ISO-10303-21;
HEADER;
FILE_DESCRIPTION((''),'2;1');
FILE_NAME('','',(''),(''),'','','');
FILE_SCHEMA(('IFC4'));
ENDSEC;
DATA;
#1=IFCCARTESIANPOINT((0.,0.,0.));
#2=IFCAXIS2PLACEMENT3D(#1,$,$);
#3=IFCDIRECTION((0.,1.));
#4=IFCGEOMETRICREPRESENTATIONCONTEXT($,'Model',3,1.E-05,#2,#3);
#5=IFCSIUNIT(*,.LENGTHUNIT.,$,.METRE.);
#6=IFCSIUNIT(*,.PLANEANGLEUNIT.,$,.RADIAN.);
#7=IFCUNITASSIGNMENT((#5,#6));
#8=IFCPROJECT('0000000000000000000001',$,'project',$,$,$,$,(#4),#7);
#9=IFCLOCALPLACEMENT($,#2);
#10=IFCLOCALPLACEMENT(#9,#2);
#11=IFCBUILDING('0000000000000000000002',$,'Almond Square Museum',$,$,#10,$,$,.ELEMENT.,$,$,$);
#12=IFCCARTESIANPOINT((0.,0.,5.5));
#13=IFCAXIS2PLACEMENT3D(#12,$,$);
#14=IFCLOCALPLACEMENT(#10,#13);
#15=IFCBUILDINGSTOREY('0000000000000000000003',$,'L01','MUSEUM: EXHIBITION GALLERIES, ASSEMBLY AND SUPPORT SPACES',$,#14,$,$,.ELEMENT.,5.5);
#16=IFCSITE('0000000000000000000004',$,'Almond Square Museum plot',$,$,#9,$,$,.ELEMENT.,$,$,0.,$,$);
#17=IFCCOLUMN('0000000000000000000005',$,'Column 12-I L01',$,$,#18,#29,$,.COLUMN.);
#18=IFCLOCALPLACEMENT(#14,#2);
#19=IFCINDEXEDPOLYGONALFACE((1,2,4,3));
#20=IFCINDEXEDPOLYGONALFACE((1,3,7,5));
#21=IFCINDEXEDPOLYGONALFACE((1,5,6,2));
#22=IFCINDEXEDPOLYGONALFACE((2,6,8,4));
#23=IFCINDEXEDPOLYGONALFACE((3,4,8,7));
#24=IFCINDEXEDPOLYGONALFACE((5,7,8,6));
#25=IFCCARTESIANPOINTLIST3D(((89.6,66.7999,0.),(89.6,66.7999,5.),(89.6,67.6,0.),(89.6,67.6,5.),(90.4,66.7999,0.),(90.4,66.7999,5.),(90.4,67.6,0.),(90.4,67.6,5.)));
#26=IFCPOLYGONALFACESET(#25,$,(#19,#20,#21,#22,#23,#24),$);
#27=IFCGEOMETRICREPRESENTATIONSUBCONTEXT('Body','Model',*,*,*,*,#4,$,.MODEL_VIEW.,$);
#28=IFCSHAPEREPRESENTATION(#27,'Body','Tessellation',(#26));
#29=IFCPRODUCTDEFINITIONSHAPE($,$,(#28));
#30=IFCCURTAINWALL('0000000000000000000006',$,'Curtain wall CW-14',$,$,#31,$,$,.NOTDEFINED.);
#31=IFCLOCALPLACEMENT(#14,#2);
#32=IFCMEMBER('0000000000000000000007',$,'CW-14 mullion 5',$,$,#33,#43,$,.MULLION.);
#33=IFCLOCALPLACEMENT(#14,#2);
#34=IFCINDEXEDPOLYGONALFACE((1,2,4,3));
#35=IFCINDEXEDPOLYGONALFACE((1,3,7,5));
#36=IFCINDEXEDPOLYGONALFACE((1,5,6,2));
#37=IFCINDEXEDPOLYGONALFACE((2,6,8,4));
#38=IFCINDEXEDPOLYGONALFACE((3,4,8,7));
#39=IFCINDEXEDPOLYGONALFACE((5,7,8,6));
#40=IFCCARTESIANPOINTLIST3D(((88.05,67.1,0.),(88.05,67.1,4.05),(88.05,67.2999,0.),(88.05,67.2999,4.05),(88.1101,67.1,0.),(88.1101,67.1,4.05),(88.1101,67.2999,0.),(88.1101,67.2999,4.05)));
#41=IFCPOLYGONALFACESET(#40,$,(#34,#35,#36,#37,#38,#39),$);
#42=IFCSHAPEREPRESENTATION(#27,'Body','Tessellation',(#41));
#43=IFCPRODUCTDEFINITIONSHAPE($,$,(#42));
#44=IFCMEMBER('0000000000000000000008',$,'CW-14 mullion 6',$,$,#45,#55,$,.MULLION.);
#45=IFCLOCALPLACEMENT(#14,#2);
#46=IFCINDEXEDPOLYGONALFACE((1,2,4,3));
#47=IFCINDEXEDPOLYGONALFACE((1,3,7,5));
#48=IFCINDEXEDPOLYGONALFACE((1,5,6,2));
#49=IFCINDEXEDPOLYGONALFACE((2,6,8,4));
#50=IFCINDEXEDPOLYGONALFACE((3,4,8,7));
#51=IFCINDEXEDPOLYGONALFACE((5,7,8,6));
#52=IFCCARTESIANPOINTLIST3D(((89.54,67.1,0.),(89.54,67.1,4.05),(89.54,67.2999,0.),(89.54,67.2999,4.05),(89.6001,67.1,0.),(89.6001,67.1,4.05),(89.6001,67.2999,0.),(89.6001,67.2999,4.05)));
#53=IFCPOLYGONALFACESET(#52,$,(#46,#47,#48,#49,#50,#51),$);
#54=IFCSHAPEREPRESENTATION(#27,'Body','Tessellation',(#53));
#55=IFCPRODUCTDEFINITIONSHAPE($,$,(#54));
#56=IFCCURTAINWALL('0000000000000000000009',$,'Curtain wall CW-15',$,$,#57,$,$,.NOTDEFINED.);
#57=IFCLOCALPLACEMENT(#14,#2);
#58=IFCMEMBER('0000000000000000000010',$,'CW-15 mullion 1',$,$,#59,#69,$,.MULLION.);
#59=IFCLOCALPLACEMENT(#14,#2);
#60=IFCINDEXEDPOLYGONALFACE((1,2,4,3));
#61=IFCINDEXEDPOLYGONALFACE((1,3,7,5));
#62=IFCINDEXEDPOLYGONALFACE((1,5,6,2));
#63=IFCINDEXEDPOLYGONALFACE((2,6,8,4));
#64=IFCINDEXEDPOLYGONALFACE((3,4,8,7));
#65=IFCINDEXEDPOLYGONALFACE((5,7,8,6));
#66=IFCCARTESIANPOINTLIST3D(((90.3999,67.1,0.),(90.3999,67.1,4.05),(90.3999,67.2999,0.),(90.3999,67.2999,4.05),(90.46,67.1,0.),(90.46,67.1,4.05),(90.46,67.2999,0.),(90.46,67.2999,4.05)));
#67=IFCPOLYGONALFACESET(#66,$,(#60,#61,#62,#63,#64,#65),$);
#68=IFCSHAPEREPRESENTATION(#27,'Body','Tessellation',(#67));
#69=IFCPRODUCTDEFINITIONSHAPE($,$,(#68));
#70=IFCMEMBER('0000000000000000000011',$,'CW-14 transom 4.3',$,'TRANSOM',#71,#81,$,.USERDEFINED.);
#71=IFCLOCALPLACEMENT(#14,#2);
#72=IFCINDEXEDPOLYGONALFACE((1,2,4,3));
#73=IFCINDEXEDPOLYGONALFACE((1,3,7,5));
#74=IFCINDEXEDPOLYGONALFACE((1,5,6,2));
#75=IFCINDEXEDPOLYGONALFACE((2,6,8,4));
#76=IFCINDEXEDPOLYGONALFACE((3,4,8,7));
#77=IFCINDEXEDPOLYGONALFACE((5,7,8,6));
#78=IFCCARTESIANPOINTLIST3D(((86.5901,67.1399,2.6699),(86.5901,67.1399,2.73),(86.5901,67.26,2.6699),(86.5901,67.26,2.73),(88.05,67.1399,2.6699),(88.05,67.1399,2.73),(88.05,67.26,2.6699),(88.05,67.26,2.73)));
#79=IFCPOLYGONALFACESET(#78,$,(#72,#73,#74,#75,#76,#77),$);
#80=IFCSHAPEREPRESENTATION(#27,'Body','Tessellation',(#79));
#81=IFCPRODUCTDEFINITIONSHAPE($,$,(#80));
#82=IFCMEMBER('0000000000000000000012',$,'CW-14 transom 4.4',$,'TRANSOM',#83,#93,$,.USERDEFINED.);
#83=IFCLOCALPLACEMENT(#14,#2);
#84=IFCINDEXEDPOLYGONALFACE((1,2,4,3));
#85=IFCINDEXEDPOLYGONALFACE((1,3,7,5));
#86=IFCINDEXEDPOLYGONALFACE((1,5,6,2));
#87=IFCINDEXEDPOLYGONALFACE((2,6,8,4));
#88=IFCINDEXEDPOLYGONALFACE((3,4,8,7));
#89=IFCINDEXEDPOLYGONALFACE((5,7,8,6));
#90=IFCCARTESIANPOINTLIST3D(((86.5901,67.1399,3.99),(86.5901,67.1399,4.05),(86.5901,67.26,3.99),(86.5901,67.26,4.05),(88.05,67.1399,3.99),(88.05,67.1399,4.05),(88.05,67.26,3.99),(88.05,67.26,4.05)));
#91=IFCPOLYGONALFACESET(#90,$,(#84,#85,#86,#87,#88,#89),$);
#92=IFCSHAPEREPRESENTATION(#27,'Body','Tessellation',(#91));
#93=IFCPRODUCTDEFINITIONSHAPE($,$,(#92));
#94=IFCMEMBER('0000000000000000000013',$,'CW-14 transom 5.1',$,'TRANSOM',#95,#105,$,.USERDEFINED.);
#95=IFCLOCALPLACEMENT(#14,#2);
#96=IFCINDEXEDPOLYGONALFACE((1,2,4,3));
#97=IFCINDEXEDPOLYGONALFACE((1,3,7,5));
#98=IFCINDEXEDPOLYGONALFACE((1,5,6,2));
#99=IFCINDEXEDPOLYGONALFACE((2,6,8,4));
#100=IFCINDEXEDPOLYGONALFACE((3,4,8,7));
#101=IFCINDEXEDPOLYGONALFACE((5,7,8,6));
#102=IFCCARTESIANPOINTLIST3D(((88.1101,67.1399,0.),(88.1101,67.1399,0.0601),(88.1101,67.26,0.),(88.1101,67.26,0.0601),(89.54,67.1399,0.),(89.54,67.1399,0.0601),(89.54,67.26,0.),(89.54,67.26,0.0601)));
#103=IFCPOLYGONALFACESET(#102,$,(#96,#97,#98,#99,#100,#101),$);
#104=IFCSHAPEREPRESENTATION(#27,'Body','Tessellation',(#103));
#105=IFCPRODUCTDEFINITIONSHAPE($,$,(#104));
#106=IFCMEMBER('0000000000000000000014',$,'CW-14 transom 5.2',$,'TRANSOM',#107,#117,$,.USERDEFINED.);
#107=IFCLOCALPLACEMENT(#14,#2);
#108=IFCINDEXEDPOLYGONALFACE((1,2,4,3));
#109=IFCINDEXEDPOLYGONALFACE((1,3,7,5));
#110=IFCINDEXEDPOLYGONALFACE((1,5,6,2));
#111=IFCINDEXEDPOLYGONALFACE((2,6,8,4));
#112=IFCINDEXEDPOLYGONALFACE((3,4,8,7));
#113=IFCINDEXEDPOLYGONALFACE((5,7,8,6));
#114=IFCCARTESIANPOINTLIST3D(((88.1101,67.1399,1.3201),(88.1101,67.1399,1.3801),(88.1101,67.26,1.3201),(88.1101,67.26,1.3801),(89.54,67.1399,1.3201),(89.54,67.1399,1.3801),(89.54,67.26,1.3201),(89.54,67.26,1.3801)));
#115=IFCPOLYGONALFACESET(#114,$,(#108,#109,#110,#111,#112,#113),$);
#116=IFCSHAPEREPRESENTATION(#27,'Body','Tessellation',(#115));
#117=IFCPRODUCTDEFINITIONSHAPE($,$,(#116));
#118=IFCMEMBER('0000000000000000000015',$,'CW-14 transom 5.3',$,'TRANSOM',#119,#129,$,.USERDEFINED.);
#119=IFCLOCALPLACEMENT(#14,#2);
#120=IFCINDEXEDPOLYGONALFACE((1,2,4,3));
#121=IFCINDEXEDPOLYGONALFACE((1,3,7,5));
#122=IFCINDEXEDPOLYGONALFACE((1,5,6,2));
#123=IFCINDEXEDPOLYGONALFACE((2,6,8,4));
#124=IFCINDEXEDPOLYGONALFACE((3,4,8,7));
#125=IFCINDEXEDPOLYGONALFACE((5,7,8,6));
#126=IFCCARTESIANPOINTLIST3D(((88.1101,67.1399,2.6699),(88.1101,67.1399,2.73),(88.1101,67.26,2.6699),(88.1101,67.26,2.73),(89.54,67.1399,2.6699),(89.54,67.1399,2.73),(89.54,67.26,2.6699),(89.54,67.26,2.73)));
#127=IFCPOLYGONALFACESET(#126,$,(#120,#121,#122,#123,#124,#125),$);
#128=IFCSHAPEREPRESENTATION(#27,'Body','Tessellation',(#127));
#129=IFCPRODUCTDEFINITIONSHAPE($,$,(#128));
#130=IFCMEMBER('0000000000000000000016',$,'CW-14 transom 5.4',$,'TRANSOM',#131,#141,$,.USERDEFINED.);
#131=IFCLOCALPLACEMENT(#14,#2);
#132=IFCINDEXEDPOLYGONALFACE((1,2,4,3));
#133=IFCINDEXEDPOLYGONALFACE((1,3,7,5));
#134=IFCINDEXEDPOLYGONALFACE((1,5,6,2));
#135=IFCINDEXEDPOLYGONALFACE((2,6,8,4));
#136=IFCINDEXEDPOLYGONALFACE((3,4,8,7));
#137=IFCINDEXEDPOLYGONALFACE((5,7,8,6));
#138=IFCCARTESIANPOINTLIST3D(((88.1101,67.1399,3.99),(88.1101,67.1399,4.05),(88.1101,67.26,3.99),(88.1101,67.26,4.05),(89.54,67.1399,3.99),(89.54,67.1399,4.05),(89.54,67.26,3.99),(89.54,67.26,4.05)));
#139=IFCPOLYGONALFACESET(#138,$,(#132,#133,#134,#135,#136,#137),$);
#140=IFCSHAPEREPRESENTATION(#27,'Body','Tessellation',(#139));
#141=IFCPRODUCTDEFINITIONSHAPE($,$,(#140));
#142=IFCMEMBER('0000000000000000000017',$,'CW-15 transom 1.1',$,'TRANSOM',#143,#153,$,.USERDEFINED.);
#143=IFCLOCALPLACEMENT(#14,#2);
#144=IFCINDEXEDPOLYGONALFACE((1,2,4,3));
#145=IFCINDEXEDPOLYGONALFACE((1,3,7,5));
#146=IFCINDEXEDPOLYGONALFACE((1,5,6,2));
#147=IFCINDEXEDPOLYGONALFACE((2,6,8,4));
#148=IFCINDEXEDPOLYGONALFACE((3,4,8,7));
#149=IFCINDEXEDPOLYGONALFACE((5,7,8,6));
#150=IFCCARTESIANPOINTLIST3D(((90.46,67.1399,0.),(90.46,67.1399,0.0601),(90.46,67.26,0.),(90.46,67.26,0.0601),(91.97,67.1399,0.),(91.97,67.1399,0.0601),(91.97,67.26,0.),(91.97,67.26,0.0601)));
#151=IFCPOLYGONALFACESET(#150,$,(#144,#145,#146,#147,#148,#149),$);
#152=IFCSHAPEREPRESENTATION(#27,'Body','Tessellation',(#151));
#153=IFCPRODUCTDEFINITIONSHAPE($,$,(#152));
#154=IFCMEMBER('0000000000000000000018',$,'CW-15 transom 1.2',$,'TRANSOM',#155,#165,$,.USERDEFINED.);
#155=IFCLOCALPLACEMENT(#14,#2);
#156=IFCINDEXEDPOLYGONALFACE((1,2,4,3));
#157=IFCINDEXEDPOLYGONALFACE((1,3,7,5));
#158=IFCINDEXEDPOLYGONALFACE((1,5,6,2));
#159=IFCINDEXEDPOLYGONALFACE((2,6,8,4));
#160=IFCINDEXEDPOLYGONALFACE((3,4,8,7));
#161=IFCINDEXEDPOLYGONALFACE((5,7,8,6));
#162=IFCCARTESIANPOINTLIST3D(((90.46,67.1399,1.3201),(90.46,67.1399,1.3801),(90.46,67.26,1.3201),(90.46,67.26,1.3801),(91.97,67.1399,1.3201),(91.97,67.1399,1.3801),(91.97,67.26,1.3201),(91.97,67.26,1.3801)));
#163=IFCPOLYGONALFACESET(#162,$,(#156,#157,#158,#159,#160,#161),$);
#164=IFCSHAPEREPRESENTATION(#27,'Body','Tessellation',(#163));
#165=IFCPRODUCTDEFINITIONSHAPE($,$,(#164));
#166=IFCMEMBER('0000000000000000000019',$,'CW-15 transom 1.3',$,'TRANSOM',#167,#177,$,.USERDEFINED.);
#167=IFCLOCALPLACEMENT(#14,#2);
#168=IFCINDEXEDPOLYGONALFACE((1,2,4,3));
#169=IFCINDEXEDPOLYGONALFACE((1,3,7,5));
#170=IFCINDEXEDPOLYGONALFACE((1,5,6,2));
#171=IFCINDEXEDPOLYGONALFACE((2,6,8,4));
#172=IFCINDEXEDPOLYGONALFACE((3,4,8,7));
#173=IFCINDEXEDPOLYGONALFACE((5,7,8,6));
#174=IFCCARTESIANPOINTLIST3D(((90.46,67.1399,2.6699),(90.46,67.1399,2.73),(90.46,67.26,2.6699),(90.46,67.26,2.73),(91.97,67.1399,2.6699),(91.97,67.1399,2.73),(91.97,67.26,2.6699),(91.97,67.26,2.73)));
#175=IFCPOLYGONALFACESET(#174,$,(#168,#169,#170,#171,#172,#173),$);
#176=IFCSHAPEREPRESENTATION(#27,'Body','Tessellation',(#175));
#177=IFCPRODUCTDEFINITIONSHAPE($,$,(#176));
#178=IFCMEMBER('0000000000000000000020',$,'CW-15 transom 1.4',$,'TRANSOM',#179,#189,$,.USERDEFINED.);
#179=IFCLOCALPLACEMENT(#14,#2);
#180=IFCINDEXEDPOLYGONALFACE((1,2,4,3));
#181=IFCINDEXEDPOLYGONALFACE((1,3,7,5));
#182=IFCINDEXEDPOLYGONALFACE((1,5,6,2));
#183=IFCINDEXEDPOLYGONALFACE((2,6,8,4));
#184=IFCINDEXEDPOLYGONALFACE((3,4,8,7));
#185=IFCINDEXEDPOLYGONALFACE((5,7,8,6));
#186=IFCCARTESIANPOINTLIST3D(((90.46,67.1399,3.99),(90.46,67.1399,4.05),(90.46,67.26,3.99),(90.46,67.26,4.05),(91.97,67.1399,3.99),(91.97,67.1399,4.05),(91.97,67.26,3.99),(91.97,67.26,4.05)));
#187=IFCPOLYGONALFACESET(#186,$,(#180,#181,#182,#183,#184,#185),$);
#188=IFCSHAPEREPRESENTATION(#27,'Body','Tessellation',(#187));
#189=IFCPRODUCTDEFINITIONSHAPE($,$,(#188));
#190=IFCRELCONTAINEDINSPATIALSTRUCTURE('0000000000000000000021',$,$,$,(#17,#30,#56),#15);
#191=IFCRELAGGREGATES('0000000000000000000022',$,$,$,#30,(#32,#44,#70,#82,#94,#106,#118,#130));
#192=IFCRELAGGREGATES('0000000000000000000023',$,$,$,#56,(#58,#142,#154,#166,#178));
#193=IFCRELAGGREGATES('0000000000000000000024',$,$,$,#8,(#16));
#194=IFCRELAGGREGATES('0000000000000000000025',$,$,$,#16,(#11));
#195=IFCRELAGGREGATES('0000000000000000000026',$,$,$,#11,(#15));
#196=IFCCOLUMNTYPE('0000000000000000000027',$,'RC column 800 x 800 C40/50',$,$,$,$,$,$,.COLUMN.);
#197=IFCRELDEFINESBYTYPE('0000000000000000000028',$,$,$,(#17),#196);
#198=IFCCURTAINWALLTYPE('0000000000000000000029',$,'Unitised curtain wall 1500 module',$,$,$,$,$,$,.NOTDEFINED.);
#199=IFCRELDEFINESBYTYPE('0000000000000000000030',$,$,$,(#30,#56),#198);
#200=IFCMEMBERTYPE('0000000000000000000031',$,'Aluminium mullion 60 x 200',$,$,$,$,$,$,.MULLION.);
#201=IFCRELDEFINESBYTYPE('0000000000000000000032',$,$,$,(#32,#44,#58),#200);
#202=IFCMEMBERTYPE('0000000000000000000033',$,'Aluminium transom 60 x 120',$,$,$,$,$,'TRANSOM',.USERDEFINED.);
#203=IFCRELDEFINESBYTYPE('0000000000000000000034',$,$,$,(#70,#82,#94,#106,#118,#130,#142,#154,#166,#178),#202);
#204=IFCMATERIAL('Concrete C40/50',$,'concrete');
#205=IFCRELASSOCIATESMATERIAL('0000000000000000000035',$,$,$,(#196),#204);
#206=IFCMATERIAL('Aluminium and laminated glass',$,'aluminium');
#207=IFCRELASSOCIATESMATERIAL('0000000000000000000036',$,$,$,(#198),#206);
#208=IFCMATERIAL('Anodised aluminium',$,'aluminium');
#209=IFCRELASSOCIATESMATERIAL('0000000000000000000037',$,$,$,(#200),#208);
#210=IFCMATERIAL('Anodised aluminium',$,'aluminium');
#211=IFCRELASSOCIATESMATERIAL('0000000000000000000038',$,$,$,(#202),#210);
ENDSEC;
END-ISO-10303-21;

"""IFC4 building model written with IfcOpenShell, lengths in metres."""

from ifc_helpers import new_model, si_unit, direction, frame, origin, origin_2d, place, context, subcontext, project, spatial, rectangle, extrude, material, material_profile, profile_set, type_object, element, aggregate, save


model = new_model("IFC4")

# Units and contexts
model_context = context("Model", 3, precision=1e-05, world=origin(), true_north=direction((0.0, 1.0)))
body_context = subcontext(model_context, "Body", "Model", "MODEL_VIEW")
ifc_project = project(units=[si_unit("LENGTHUNIT", "METRE"), si_unit("PLANEANGLEUNIT", "RADIAN")], contexts=[model_context])

# Site, building, storey
site_placement = place(None, origin())
site = spatial("IfcSite", under=ifc_project, at=site_placement, Name="Almond Square Museum plot", CompositionType="ELEMENT", RefElevation=0.0)
building_placement = place(site_placement, origin())
building = spatial("IfcBuilding", under=site, at=building_placement, Name="Almond Square Museum", CompositionType="ELEMENT")
storey_placement = place(building_placement, frame((0.0, 0.0, 5.5)))
storey = spatial("IfcBuildingStorey", under=building, at=storey_placement, Name="L01", Description="MUSEUM: EXHIBITION GALLERIES, ASSEMBLY AND SUPPORT SPACES", CompositionType="ELEMENT", Elevation=5.5)

# Column
ifc_material_1 = material(Name="Concrete C40/50", Category="concrete")
ifc_material_profile_1 = material_profile(ifc_material_1, rectangle(XDim=0.8, YDim=0.8, at=origin_2d()))
ifc_profile_set_1 = profile_set([ifc_material_profile_1], Name="Concrete C40/50")
column_type = type_object("IfcColumnType", Name="RC column 800 x 800 C40/50", PredefinedType="COLUMN", material=ifc_profile_set_1)
column_placement = place(storey_placement, frame((90.0, 67.2, 0.0), z_axis=(0.0, 0.0, 1.0), x_axis=(1.0, 0.0, 0.0)))
element("IfcColumn", 1, at=column_placement, inside=storey, type_object=column_type, Name="Column 12-I L01", PredefinedType="COLUMN", context=body_context, shape_type="SweptSolid", body=[
    extrude(rectangle(XDim=0.8, YDim=0.8, at=origin_2d()), origin(), (0.0, 0.0, 1.0), 5.0),
])

# Curtain wall, members
ifc_material_2 = material(Name="Aluminium and laminated glass", Category="aluminium")
curtain_wall_type = type_object("IfcCurtainWallType", Name="Unitised curtain wall 1500 module", PredefinedType="NOTDEFINED", material=ifc_material_2)
curtain_wall_1_placement = place(storey_placement, origin())
curtain_wall_1 = element("IfcCurtainWall", 2, at=curtain_wall_1_placement, inside=storey, type_object=curtain_wall_type, Name="Curtain wall CW-14", PredefinedType="NOTDEFINED")
ifc_material_3 = material(Name="Anodised aluminium", Category="aluminium")
ifc_material_profile_2 = material_profile(ifc_material_3, rectangle(XDim=0.2, YDim=0.0601, at=origin_2d()))
ifc_profile_set_2 = profile_set([ifc_material_profile_2], Name="Anodised aluminium")
member_type_1 = type_object("IfcMemberType", Name="Aluminium mullion 60 x 200", PredefinedType="MULLION", material=ifc_profile_set_2)
member_1_placement = place(storey_placement, frame((88.0801, 67.2, 0.0), z_axis=(0.0, 0.0, 1.0), x_axis=(0.0, 1.0, 0.0)))
member_1 = element("IfcMember", 3, at=member_1_placement, type_object=member_type_1, Name="CW-14 mullion 5", PredefinedType="MULLION", context=body_context, shape_type="SweptSolid", body=[
    extrude(rectangle(XDim=0.2, YDim=0.0601, at=origin_2d()), origin(), (0.0, 0.0, 1.0), 4.05),
])
member_2_placement = place(storey_placement, frame((89.5701, 67.2, 0.0), z_axis=(0.0, 0.0, 1.0), x_axis=(0.0, 1.0, 0.0)))
member_2 = element("IfcMember", 4, at=member_2_placement, type_object=member_type_1, Name="CW-14 mullion 6", PredefinedType="MULLION", context=body_context, shape_type="SweptSolid", body=[
    extrude(rectangle(XDim=0.2, YDim=0.0601, at=origin_2d()), origin(), (0.0, 0.0, 1.0), 4.05),
])

# Curtain wall, member
curtain_wall_2_placement = place(storey_placement, origin())
curtain_wall_2 = element("IfcCurtainWall", 5, at=curtain_wall_2_placement, inside=storey, type_object=curtain_wall_type, Name="Curtain wall CW-15", PredefinedType="NOTDEFINED")
member_3_placement = place(storey_placement, frame((90.4299, 67.2, 0.0), z_axis=(0.0, 0.0, 1.0), x_axis=(0.0, 1.0, 0.0)))
member_3 = element("IfcMember", 6, at=member_3_placement, type_object=member_type_1, Name="CW-15 mullion 1", PredefinedType="MULLION", context=body_context, shape_type="SweptSolid", body=[
    extrude(rectangle(XDim=0.2, YDim=0.0601, at=origin_2d()), origin(), (0.0, 0.0, 1.0), 4.05),
])

# Members
ifc_material_4 = material(Name="Anodised aluminium", Category="aluminium")
ifc_material_profile_3 = material_profile(ifc_material_4, rectangle(XDim=0.1201, YDim=0.0601, at=origin_2d()))
ifc_profile_set_3 = profile_set([ifc_material_profile_3], Name="Anodised aluminium")
member_type_2 = type_object("IfcMemberType", Name="Aluminium transom 60 x 120", ElementType="TRANSOM", PredefinedType="USERDEFINED", material=ifc_profile_set_3)
member_4_placement = place(storey_placement, frame((86.5901, 67.2, 2.7), z_axis=(1.0, 0.0, 0.0), x_axis=(0.0, 1.0, 0.0)))
member_4 = element("IfcMember", 7, at=member_4_placement, type_object=member_type_2, Name="CW-14 transom 4.3", ObjectType="TRANSOM", PredefinedType="USERDEFINED", context=body_context, shape_type="SweptSolid", body=[
    extrude(rectangle(XDim=0.1201, YDim=0.0601, at=origin_2d()), origin(), (0.0, 0.0, 1.0), 1.46),
])
member_5_placement = place(storey_placement, frame((86.5901, 67.2, 4.02), z_axis=(1.0, 0.0, 0.0), x_axis=(0.0, 1.0, 0.0)))
member_5 = element("IfcMember", 8, at=member_5_placement, type_object=member_type_2, Name="CW-14 transom 4.4", ObjectType="TRANSOM", PredefinedType="USERDEFINED", context=body_context, shape_type="SweptSolid", body=[
    extrude(rectangle(XDim=0.1201, YDim=0.0601, at=origin_2d()), origin(), (0.0, 0.0, 1.0), 1.46),
])
member_6_placement = place(storey_placement, frame((88.1101, 67.2, 0.03), z_axis=(1.0, 0.0, 0.0), x_axis=(0.0, 1.0, 0.0)))
member_6 = element("IfcMember", 9, at=member_6_placement, type_object=member_type_2, Name="CW-14 transom 5.1", ObjectType="TRANSOM", PredefinedType="USERDEFINED", context=body_context, shape_type="SweptSolid", body=[
    extrude(rectangle(XDim=0.1201, YDim=0.0601, at=origin_2d()), origin(), (0.0, 0.0, 1.0), 1.4299),
])
member_7_placement = place(storey_placement, frame((88.1101, 67.2, 1.3501), z_axis=(1.0, 0.0, 0.0), x_axis=(0.0, 1.0, 0.0)))
member_7 = element("IfcMember", 10, at=member_7_placement, type_object=member_type_2, Name="CW-14 transom 5.2", ObjectType="TRANSOM", PredefinedType="USERDEFINED", context=body_context, shape_type="SweptSolid", body=[
    extrude(rectangle(XDim=0.1201, YDim=0.0601, at=origin_2d()), origin(), (0.0, 0.0, 1.0), 1.4299),
])
member_8_placement = place(storey_placement, frame((88.1101, 67.2, 2.7), z_axis=(1.0, 0.0, 0.0), x_axis=(0.0, 1.0, 0.0)))
member_8 = element("IfcMember", 11, at=member_8_placement, type_object=member_type_2, Name="CW-14 transom 5.3", ObjectType="TRANSOM", PredefinedType="USERDEFINED", context=body_context, shape_type="SweptSolid", body=[
    extrude(rectangle(XDim=0.1201, YDim=0.0601, at=origin_2d()), origin(), (0.0, 0.0, 1.0), 1.4299),
])
member_9_placement = place(storey_placement, frame((88.1101, 67.2, 4.02), z_axis=(1.0, 0.0, 0.0), x_axis=(0.0, 1.0, 0.0)))
member_9 = element("IfcMember", 12, at=member_9_placement, type_object=member_type_2, Name="CW-14 transom 5.4", ObjectType="TRANSOM", PredefinedType="USERDEFINED", context=body_context, shape_type="SweptSolid", body=[
    extrude(rectangle(XDim=0.1201, YDim=0.0601, at=origin_2d()), origin(), (0.0, 0.0, 1.0), 1.4299),
])
member_10_placement = place(storey_placement, frame((90.46, 67.2, 0.03), z_axis=(1.0, 0.0, 0.0), x_axis=(0.0, 1.0, 0.0)))
member_10 = element("IfcMember", 13, at=member_10_placement, type_object=member_type_2, Name="CW-15 transom 1.1", ObjectType="TRANSOM", PredefinedType="USERDEFINED", context=body_context, shape_type="SweptSolid", body=[
    extrude(rectangle(XDim=0.1201, YDim=0.0601, at=origin_2d()), origin(), (0.0, 0.0, 1.0), 1.51),
])
member_11_placement = place(storey_placement, frame((90.46, 67.2, 1.3501), z_axis=(1.0, 0.0, 0.0), x_axis=(0.0, 1.0, 0.0)))
member_11 = element("IfcMember", 14, at=member_11_placement, type_object=member_type_2, Name="CW-15 transom 1.2", ObjectType="TRANSOM", PredefinedType="USERDEFINED", context=body_context, shape_type="SweptSolid", body=[
    extrude(rectangle(XDim=0.1201, YDim=0.0601, at=origin_2d()), origin(), (0.0, 0.0, 1.0), 1.51),
])
member_12_placement = place(storey_placement, frame((90.46, 67.2, 2.7), z_axis=(1.0, 0.0, 0.0), x_axis=(0.0, 1.0, 0.0)))
member_12 = element("IfcMember", 15, at=member_12_placement, type_object=member_type_2, Name="CW-15 transom 1.3", ObjectType="TRANSOM", PredefinedType="USERDEFINED", context=body_context, shape_type="SweptSolid", body=[
    extrude(rectangle(XDim=0.1201, YDim=0.0601, at=origin_2d()), origin(), (0.0, 0.0, 1.0), 1.51),
])
member_13_placement = place(storey_placement, frame((90.46, 67.2, 4.02), z_axis=(1.0, 0.0, 0.0), x_axis=(0.0, 1.0, 0.0)))
member_13 = element("IfcMember", 16, at=member_13_placement, type_object=member_type_2, Name="CW-15 transom 1.4", ObjectType="TRANSOM", PredefinedType="USERDEFINED", context=body_context, shape_type="SweptSolid", body=[
    extrude(rectangle(XDim=0.1201, YDim=0.0601, at=origin_2d()), origin(), (0.0, 0.0, 1.0), 1.51),
])

aggregate(curtain_wall_1, [member_1, member_2, member_4, member_5, member_6, member_7, member_8, member_9])
aggregate(curtain_wall_2, [member_3, member_10, member_11, member_12, member_13])

save(model, "model.ifc")
